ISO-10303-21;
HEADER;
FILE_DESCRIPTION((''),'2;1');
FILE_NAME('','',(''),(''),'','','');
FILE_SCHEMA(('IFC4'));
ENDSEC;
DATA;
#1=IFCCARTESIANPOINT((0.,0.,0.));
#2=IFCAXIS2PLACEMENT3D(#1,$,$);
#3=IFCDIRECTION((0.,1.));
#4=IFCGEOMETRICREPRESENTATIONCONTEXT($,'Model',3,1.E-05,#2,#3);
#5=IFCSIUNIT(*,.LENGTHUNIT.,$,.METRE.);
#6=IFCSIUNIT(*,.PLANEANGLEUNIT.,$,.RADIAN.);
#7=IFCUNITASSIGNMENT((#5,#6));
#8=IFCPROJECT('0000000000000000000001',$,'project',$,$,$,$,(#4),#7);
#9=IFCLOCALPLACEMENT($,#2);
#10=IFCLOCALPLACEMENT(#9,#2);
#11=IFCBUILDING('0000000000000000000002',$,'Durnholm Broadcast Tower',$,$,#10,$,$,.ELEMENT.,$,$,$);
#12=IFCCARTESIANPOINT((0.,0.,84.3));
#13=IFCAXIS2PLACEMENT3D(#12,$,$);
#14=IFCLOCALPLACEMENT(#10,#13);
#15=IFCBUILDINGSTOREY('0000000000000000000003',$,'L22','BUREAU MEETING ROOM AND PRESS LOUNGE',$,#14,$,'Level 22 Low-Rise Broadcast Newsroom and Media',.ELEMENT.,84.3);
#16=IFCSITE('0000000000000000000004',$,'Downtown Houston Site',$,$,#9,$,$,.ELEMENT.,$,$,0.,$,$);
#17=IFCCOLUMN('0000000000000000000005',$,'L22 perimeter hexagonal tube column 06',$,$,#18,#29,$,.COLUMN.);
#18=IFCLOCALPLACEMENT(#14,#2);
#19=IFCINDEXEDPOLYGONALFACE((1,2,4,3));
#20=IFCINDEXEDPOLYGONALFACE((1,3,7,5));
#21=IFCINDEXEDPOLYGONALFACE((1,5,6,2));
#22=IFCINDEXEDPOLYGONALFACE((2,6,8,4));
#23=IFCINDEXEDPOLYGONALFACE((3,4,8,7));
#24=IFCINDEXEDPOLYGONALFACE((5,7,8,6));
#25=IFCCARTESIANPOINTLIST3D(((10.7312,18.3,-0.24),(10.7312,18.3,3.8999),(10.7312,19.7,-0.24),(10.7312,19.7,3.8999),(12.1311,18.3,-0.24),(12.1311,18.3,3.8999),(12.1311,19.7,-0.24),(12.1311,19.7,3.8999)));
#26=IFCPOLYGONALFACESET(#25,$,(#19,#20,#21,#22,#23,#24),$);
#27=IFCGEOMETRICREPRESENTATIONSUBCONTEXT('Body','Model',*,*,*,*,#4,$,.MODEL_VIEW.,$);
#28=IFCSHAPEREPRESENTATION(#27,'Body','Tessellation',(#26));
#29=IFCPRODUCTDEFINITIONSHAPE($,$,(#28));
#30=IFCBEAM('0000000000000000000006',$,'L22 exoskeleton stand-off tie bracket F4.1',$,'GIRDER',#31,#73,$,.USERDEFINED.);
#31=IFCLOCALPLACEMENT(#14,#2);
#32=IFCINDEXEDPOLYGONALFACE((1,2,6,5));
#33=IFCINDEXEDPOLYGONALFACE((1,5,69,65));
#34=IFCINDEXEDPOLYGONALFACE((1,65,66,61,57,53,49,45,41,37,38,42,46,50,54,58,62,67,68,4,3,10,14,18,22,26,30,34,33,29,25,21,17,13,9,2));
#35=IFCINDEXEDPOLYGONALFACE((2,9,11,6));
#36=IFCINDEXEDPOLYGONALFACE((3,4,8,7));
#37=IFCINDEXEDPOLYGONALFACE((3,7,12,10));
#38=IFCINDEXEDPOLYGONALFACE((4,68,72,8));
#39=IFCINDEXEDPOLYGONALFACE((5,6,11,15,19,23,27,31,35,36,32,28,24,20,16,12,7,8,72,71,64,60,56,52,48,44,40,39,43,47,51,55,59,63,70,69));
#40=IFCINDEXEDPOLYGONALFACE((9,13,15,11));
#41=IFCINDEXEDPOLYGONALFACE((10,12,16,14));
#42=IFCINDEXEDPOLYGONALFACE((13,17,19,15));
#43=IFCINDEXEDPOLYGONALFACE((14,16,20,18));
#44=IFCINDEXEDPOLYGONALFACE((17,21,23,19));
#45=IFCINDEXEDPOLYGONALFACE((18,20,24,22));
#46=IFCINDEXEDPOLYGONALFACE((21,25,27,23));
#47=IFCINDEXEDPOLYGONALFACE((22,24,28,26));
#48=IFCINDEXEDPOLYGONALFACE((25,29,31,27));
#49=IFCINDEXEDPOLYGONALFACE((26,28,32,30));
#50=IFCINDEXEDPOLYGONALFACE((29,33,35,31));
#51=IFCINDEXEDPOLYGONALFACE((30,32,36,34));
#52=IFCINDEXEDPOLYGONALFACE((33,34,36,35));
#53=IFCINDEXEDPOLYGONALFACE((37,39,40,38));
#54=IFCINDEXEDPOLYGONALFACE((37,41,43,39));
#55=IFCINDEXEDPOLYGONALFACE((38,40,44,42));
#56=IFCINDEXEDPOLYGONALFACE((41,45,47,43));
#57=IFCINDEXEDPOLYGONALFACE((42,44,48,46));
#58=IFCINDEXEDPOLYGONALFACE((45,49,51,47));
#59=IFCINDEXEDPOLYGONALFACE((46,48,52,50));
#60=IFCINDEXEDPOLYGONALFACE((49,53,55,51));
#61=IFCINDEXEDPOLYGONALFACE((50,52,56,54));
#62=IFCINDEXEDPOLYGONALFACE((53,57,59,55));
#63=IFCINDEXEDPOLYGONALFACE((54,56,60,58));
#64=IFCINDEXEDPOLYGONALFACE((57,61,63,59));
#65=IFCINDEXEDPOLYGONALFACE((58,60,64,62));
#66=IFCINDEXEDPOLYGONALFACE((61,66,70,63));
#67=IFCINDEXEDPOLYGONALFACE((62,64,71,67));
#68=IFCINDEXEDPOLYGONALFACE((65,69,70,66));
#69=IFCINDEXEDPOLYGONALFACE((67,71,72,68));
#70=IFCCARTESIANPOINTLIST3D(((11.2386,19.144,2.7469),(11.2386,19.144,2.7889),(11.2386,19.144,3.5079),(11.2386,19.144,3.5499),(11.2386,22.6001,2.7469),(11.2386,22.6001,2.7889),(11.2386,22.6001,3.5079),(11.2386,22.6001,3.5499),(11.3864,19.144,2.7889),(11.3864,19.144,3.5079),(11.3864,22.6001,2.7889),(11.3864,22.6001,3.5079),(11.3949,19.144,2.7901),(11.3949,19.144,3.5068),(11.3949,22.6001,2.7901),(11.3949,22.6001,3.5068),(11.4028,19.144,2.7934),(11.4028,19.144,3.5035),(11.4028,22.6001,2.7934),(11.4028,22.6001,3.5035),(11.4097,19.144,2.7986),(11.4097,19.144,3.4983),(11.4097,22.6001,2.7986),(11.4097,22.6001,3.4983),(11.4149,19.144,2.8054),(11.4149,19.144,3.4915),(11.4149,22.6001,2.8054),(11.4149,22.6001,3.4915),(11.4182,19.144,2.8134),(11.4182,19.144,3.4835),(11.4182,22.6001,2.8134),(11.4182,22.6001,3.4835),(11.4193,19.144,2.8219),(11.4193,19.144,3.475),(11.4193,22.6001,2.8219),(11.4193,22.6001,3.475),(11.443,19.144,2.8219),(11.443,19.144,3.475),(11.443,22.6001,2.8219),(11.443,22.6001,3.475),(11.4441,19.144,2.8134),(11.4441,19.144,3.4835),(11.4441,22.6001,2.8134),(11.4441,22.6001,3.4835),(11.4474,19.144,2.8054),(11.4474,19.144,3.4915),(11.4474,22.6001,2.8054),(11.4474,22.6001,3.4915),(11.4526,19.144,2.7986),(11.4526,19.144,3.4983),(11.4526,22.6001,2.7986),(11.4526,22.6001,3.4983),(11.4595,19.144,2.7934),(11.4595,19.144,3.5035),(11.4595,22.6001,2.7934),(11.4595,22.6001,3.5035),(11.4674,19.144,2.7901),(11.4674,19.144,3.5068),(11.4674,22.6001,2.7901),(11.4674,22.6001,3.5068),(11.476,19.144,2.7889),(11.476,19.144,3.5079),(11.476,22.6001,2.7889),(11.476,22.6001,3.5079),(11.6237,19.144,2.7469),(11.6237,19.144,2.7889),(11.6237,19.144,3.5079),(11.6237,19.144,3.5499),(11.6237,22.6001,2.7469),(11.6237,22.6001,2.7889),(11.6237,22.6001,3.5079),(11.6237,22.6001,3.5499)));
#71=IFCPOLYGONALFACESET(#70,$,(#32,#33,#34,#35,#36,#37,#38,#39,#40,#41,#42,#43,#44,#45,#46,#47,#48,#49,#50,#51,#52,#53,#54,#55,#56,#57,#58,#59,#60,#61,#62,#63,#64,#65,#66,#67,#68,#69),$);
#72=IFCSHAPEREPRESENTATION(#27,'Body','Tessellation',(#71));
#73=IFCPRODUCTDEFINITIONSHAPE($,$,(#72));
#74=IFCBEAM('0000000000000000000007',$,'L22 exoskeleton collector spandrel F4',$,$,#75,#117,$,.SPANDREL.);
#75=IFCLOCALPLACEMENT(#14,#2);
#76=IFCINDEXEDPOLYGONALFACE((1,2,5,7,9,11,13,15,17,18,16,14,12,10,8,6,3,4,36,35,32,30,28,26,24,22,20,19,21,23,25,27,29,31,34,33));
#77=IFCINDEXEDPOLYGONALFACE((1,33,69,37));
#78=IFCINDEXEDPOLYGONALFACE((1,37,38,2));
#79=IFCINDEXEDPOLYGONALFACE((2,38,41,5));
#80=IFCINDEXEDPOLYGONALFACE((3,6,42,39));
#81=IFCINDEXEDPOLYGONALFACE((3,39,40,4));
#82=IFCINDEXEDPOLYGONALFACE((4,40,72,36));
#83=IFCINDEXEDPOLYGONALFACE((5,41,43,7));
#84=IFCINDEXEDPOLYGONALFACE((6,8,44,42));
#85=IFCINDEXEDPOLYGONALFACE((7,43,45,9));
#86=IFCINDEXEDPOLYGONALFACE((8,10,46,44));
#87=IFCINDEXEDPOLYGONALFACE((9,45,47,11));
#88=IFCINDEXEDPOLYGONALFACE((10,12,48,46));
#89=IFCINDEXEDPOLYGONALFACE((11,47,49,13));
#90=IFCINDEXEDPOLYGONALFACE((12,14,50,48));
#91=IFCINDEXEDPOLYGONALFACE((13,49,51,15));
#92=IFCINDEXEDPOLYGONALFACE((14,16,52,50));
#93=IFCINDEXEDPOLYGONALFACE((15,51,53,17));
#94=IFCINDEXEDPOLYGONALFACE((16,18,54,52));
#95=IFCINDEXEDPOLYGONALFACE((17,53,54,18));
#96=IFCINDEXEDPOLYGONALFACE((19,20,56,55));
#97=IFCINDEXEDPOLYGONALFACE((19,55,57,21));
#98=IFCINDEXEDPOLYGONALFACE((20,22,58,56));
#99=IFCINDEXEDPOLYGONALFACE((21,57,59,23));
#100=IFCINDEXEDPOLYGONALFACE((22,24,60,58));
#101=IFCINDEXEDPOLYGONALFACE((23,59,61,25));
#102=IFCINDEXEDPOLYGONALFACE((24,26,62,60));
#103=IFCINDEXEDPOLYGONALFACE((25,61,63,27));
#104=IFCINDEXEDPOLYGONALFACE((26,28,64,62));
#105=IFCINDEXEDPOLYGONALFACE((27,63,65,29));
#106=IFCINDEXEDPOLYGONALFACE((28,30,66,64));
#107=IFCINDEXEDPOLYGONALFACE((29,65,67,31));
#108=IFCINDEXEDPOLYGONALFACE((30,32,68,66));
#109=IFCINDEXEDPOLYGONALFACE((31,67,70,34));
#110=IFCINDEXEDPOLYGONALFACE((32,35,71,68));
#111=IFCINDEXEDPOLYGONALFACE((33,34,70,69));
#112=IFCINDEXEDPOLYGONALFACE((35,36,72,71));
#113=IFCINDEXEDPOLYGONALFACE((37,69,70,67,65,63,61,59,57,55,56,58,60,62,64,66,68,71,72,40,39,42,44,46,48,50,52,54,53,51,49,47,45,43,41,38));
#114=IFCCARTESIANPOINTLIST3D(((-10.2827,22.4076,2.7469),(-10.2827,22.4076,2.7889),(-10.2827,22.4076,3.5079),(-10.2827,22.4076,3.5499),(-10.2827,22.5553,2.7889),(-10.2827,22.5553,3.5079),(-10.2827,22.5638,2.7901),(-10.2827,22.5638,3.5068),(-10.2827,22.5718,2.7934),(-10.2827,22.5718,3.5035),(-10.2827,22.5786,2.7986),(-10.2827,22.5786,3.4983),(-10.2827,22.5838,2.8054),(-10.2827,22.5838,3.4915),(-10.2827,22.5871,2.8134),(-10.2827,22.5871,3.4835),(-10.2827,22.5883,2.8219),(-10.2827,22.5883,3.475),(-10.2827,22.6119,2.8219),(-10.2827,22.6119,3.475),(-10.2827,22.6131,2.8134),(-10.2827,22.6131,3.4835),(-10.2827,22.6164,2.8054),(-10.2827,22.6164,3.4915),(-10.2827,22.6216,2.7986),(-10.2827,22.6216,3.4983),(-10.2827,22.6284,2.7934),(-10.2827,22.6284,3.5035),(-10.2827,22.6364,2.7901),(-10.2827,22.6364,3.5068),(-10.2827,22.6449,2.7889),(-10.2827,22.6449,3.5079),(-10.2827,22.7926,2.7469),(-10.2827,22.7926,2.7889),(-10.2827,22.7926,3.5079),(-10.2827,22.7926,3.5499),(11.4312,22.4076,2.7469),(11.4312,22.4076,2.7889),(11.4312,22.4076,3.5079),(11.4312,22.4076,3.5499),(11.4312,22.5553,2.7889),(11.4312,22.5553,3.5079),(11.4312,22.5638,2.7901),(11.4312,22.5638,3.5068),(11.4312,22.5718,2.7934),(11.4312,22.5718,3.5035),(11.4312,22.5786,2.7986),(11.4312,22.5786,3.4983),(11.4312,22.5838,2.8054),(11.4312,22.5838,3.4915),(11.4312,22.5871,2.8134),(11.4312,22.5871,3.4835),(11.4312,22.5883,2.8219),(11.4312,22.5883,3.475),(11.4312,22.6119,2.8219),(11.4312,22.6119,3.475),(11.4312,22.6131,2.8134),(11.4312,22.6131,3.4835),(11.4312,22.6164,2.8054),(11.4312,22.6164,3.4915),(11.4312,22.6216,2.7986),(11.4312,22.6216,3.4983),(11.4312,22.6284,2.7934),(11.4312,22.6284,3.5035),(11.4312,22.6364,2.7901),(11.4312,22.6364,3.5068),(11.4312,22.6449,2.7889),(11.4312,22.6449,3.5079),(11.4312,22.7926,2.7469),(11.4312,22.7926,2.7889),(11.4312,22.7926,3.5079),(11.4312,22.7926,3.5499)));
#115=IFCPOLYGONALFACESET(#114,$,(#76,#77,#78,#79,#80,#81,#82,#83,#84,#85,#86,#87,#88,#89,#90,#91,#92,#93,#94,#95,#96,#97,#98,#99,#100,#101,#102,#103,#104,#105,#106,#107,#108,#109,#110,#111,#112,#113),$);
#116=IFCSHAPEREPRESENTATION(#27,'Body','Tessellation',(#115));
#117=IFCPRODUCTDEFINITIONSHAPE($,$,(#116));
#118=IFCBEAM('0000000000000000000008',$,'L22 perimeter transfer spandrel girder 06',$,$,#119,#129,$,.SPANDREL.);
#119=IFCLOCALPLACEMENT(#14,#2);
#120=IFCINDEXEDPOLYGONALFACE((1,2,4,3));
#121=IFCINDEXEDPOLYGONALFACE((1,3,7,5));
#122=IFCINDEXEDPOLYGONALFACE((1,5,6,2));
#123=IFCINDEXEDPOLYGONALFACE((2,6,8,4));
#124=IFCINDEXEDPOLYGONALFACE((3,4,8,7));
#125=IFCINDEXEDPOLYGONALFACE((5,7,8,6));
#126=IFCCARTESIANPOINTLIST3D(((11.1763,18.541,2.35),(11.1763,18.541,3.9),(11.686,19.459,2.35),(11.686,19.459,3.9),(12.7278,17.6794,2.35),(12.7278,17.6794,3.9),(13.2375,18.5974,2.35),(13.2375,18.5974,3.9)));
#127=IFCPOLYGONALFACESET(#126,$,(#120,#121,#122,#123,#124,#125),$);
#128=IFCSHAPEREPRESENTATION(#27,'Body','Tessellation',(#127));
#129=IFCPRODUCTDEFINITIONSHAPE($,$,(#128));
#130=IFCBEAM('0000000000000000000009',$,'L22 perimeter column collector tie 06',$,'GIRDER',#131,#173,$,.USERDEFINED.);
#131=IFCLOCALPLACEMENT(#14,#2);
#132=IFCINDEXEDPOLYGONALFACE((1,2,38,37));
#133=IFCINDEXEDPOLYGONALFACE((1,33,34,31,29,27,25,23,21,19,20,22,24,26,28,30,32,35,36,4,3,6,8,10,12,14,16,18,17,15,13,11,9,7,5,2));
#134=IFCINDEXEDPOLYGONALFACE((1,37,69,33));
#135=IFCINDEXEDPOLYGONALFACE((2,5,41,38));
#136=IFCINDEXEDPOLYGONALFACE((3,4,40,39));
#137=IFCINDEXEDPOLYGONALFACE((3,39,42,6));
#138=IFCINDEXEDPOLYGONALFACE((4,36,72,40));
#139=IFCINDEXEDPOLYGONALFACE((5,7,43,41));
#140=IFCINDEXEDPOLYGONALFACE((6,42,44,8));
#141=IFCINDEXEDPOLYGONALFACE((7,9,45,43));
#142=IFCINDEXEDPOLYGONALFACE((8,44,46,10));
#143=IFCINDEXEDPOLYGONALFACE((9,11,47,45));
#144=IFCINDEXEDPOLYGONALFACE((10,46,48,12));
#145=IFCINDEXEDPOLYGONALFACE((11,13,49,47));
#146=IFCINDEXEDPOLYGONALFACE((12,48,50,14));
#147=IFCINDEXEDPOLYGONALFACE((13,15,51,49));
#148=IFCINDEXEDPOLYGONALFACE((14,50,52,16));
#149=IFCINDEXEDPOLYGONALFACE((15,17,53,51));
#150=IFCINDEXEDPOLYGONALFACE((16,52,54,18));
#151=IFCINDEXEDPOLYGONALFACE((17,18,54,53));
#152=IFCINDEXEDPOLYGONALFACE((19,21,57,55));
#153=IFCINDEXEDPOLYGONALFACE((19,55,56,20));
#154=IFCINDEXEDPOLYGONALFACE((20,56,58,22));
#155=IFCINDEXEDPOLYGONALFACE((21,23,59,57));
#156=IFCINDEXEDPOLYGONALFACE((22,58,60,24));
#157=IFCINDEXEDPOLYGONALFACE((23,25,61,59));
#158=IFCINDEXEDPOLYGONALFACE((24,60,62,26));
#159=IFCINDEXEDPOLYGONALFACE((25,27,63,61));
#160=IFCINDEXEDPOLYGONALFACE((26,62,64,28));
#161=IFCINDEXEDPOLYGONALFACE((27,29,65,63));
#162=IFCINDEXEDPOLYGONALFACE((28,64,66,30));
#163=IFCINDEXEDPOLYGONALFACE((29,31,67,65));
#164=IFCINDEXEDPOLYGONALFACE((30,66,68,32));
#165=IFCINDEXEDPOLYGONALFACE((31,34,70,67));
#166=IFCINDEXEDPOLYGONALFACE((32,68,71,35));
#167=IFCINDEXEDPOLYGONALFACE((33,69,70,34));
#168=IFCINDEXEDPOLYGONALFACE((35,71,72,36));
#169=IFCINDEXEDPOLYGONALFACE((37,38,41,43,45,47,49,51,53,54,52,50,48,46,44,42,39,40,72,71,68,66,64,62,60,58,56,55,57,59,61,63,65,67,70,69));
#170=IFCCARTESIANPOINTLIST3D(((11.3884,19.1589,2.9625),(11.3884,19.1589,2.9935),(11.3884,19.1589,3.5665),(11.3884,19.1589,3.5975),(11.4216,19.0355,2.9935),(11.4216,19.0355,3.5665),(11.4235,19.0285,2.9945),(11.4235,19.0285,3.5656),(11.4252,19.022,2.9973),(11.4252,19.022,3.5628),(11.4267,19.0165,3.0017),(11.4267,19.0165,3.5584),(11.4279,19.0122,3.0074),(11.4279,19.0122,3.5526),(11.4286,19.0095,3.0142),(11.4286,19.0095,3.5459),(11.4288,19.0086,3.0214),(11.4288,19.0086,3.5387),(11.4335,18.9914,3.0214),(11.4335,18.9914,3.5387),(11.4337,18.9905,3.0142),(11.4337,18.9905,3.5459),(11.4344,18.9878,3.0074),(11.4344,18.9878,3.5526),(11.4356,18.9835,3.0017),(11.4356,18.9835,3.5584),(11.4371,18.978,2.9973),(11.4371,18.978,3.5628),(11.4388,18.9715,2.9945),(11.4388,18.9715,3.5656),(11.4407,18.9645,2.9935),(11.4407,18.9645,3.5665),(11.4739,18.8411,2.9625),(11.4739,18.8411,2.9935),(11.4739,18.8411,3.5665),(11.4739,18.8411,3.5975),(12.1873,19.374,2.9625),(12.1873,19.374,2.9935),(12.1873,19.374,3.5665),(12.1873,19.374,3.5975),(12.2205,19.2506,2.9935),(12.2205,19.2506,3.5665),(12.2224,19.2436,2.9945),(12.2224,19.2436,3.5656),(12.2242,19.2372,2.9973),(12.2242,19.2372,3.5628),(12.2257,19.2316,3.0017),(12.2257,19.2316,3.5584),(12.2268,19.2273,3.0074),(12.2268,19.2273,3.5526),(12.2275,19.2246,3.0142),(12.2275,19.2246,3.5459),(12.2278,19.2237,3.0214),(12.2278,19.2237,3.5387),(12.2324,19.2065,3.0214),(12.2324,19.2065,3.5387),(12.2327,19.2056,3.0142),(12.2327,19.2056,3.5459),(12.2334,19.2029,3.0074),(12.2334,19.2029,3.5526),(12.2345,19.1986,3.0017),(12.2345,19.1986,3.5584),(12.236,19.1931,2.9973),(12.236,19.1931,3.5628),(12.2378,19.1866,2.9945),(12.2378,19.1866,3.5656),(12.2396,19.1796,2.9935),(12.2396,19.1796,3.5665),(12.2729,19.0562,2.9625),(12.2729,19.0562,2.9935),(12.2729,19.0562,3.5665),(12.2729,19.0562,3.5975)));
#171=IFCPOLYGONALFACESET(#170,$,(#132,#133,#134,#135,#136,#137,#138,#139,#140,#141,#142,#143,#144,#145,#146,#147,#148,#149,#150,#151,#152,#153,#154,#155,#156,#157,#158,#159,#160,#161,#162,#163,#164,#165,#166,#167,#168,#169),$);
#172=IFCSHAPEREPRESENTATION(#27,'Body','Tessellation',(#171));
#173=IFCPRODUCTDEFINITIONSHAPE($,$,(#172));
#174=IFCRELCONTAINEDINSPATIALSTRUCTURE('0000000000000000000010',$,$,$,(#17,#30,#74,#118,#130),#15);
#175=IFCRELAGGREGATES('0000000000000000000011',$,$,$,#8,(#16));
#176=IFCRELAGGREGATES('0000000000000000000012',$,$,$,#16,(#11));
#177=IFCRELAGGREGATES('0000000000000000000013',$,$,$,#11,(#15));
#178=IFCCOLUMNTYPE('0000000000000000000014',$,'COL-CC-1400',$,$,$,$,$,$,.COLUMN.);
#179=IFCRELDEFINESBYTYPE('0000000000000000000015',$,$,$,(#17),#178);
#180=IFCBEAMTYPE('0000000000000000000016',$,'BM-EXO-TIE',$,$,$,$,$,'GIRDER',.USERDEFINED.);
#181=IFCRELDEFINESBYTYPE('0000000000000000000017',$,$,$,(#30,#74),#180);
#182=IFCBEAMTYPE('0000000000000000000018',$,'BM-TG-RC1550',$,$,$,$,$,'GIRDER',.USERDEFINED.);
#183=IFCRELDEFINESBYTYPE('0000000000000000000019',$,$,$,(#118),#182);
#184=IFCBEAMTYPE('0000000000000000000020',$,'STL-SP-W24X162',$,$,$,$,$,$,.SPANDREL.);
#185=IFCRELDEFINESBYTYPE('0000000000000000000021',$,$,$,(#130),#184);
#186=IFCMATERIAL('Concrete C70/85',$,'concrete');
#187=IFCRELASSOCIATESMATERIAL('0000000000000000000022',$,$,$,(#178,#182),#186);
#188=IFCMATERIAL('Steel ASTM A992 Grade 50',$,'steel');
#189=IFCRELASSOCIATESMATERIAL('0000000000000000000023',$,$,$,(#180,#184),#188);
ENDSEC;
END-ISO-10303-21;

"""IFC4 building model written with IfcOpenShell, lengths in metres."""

from ifc_helpers import new_model, si_unit, direction, frame, origin, origin_2d, place, context, subcontext, project, spatial, rectangle, i_section, extrude, source, transform, mapped, material, material_profile, profile_set, type_object, type_shapes, element, save


model = new_model("IFC4")

# Units and contexts
model_context = context("Model", 3, precision=1e-05, world=origin(), true_north=direction((0.0, 1.0)))
body_context = subcontext(model_context, "Body", "Model", "MODEL_VIEW")
ifc_project = project(units=[si_unit("LENGTHUNIT", "METRE"), si_unit("PLANEANGLEUNIT", "RADIAN")], contexts=[model_context])

# Site, building, storey
site_placement = place(None, origin())
site = spatial("IfcSite", under=ifc_project, at=site_placement, Name="Downtown Houston Site", CompositionType="ELEMENT", RefElevation=0.0)
building_placement = place(site_placement, origin())
building = spatial("IfcBuilding", under=site, at=building_placement, Name="Durnholm Broadcast Tower", CompositionType="ELEMENT")
storey_placement = place(building_placement, frame((0.0, 0.0, 84.3)))
storey = spatial("IfcBuildingStorey", under=building, at=storey_placement, Name="L22", Description="BUREAU MEETING ROOM AND PRESS LOUNGE", LongName="Level 22 Low-Rise Broadcast Newsroom and Media", CompositionType="ELEMENT", Elevation=84.3)

# Column
ifc_material_1 = material(Name="Concrete C70/85", Category="concrete")
ifc_material_profile_1 = material_profile(ifc_material_1, rectangle(XDim=1.3999, YDim=1.3999, at=origin_2d()), Name="RC1400X1400")
ifc_profile_set_1 = profile_set([ifc_material_profile_1], Name="Concrete C70/85")
column_type = type_object("IfcColumnType", Name="COL-CC-1400", PredefinedType="COLUMN", material=ifc_profile_set_1)
shared_shape_1 = source(origin(), body_context, "Body", "SweptSolid", [
    extrude(rectangle(XDim=1.3999, YDim=1.3999, at=origin_2d()), origin(), (0.0, 0.0, 1.0), 4.1399),
])
type_shapes(column_type, [shared_shape_1])
column_placement = place(storey_placement, frame((11.4312, 19.0, -0.24), z_axis=(0.0, 0.0, 1.0), x_axis=(1.0, 0.0, 0.0)))
element("IfcColumn", 1, at=column_placement, inside=storey, type_object=column_type, Name="L22 perimeter hexagonal tube column 06", PredefinedType="COLUMN", context=body_context, shape_type="MappedRepresentation", body=[
    mapped(shared_shape_1, transform((0.0, 0.0, 0.0), x_axis=(1.0, 0.0, 0.0), y_axis=(0.0, 1.0, 0.0), z_axis=(0.0, 0.0, 1.0), scale=1.0)),
])

# Beams
ifc_material_2 = material(Name="Steel ASTM A992 Grade 50", Category="steel")
ifc_material_profile_2 = material_profile(ifc_material_2, i_section(OverallWidth=0.385, OverallDepth=0.803, WebThickness=0.0237, FlangeThickness=0.042, FilletRadius=0.033, at=origin_2d()), Name="W30X261")
ifc_profile_set_2 = profile_set([ifc_material_profile_2], Name="Steel ASTM A992 Grade 50")
beam_type_1 = type_object("IfcBeamType", Name="BM-EXO-TIE", ElementType="GIRDER", PredefinedType="USERDEFINED", material=ifc_profile_set_2)
shared_shape_2 = source(origin(), body_context, "Body", "SweptSolid", [
    extrude(i_section(OverallWidth=0.385, OverallDepth=0.803, WebThickness=0.0237, FlangeThickness=0.042, FilletRadius=0.033, at=origin_2d()), origin(), (0.0, 0.0, 1.0), 3.4561),
])
beam_1_placement = place(storey_placement, frame((11.4312, 19.144, 3.1484), z_axis=(0.0, 1.0, 0.0), x_axis=(-1.0, 0.0, 0.0)))
element("IfcBeam", 2, at=beam_1_placement, inside=storey, type_object=beam_type_1, Name="L22 exoskeleton stand-off tie bracket F4.1", ObjectType="GIRDER", PredefinedType="USERDEFINED", context=body_context, shape_type="MappedRepresentation", body=[
    mapped(shared_shape_2, transform((0.0, 0.0, 0.0), x_axis=(1.0, 0.0, 0.0), y_axis=(0.0, 1.0, 0.0), z_axis=(0.0, 0.0, 1.0), scale=1.0)),
])
shared_shape_3 = source(origin(), body_context, "Body", "SweptSolid", [
    extrude(i_section(OverallWidth=0.385, OverallDepth=0.803, WebThickness=0.0237, FlangeThickness=0.042, FilletRadius=0.033, at=origin_2d()), origin(), (0.0, 0.0, 1.0), 21.7139),
])
type_shapes(beam_type_1, [shared_shape_2, shared_shape_3])
beam_2_placement = place(storey_placement, frame((11.4312, 22.6001, 3.1484), z_axis=(-1.0, 0.0, 0.0), x_axis=(0.0, -1.0, 0.0)))
element("IfcBeam", 3, at=beam_2_placement, inside=storey, type_object=beam_type_1, Name="L22 exoskeleton collector spandrel F4", PredefinedType="SPANDREL", context=body_context, shape_type="MappedRepresentation", body=[
    mapped(shared_shape_3, transform((0.0, 0.0, 0.0), x_axis=(1.0, 0.0, 0.0), y_axis=(0.0, 1.0, 0.0), z_axis=(0.0, 0.0, 1.0), scale=1.0)),
])
ifc_material_profile_3 = material_profile(ifc_material_1, rectangle(XDim=1.05, YDim=1.55, at=origin_2d()), Name="RC1050X1550")
ifc_profile_set_3 = profile_set([ifc_material_profile_3], Name="Concrete C70/85")
beam_type_2 = type_object("IfcBeamType", Name="BM-TG-RC1550", ElementType="GIRDER", PredefinedType="USERDEFINED", material=ifc_profile_set_3)
shared_shape_4 = source(origin(), body_context, "Body", "SweptSolid", [
    extrude(rectangle(XDim=1.05, YDim=1.55, at=origin_2d()), origin(), (0.0, 0.0, 1.0), 1.7747),
])
type_shapes(beam_type_2, [shared_shape_4])
beam_3_placement = place(storey_placement, frame((11.4312, 19.0, 3.125), z_axis=(0.874248, -0.485479, 0.0), x_axis=(0.485479, 0.874248, 0.0)))
element("IfcBeam", 4, at=beam_3_placement, inside=storey, type_object=beam_type_2, Name="L22 perimeter transfer spandrel girder 06", PredefinedType="SPANDREL", context=body_context, shape_type="MappedRepresentation", body=[
    mapped(shared_shape_4, transform((0.0, 0.0, 0.0), x_axis=(1.0, 0.0, 0.0), y_axis=(0.0, 1.0, 0.0), z_axis=(0.0, 0.0, 1.0), scale=1.0)),
])
ifc_material_profile_4 = material_profile(ifc_material_2, i_section(OverallWidth=0.3291, OverallDepth=0.635, WebThickness=0.0178, FlangeThickness=0.031, FilletRadius=0.0278, at=origin_2d()), Name="W24X162")
ifc_profile_set_4 = profile_set([ifc_material_profile_4], Name="Steel ASTM A992 Grade 50")
beam_type_3 = type_object("IfcBeamType", Name="STL-SP-W24X162", PredefinedType="SPANDREL", material=ifc_profile_set_4)
shared_shape_5 = source(origin(), body_context, "Body", "SweptSolid", [
    extrude(i_section(OverallWidth=0.3291, OverallDepth=0.635, WebThickness=0.0178, FlangeThickness=0.031, FilletRadius=0.0278, at=origin_2d()), origin(), (0.0, 0.0, 1.0), 0.8274),
])
type_shapes(beam_type_3, [shared_shape_5])
beam_4_placement = place(storey_placement, frame((11.4312, 19.0, 3.28), z_axis=(0.96561, 0.259995, 0.0), x_axis=(-0.259995, 0.96561, 0.0)))
element("IfcBeam", 5, at=beam_4_placement, inside=storey, type_object=beam_type_3, Name="L22 perimeter column collector tie 06", ObjectType="GIRDER", PredefinedType="USERDEFINED", context=body_context, shape_type="MappedRepresentation", body=[
    mapped(shared_shape_5, transform((0.0, 0.0, 0.0), x_axis=(1.0, 0.0, 0.0), y_axis=(0.0, 1.0, 0.0), z_axis=(0.0, 0.0, 1.0), scale=1.0)),
])

save(model, "model.ifc")
